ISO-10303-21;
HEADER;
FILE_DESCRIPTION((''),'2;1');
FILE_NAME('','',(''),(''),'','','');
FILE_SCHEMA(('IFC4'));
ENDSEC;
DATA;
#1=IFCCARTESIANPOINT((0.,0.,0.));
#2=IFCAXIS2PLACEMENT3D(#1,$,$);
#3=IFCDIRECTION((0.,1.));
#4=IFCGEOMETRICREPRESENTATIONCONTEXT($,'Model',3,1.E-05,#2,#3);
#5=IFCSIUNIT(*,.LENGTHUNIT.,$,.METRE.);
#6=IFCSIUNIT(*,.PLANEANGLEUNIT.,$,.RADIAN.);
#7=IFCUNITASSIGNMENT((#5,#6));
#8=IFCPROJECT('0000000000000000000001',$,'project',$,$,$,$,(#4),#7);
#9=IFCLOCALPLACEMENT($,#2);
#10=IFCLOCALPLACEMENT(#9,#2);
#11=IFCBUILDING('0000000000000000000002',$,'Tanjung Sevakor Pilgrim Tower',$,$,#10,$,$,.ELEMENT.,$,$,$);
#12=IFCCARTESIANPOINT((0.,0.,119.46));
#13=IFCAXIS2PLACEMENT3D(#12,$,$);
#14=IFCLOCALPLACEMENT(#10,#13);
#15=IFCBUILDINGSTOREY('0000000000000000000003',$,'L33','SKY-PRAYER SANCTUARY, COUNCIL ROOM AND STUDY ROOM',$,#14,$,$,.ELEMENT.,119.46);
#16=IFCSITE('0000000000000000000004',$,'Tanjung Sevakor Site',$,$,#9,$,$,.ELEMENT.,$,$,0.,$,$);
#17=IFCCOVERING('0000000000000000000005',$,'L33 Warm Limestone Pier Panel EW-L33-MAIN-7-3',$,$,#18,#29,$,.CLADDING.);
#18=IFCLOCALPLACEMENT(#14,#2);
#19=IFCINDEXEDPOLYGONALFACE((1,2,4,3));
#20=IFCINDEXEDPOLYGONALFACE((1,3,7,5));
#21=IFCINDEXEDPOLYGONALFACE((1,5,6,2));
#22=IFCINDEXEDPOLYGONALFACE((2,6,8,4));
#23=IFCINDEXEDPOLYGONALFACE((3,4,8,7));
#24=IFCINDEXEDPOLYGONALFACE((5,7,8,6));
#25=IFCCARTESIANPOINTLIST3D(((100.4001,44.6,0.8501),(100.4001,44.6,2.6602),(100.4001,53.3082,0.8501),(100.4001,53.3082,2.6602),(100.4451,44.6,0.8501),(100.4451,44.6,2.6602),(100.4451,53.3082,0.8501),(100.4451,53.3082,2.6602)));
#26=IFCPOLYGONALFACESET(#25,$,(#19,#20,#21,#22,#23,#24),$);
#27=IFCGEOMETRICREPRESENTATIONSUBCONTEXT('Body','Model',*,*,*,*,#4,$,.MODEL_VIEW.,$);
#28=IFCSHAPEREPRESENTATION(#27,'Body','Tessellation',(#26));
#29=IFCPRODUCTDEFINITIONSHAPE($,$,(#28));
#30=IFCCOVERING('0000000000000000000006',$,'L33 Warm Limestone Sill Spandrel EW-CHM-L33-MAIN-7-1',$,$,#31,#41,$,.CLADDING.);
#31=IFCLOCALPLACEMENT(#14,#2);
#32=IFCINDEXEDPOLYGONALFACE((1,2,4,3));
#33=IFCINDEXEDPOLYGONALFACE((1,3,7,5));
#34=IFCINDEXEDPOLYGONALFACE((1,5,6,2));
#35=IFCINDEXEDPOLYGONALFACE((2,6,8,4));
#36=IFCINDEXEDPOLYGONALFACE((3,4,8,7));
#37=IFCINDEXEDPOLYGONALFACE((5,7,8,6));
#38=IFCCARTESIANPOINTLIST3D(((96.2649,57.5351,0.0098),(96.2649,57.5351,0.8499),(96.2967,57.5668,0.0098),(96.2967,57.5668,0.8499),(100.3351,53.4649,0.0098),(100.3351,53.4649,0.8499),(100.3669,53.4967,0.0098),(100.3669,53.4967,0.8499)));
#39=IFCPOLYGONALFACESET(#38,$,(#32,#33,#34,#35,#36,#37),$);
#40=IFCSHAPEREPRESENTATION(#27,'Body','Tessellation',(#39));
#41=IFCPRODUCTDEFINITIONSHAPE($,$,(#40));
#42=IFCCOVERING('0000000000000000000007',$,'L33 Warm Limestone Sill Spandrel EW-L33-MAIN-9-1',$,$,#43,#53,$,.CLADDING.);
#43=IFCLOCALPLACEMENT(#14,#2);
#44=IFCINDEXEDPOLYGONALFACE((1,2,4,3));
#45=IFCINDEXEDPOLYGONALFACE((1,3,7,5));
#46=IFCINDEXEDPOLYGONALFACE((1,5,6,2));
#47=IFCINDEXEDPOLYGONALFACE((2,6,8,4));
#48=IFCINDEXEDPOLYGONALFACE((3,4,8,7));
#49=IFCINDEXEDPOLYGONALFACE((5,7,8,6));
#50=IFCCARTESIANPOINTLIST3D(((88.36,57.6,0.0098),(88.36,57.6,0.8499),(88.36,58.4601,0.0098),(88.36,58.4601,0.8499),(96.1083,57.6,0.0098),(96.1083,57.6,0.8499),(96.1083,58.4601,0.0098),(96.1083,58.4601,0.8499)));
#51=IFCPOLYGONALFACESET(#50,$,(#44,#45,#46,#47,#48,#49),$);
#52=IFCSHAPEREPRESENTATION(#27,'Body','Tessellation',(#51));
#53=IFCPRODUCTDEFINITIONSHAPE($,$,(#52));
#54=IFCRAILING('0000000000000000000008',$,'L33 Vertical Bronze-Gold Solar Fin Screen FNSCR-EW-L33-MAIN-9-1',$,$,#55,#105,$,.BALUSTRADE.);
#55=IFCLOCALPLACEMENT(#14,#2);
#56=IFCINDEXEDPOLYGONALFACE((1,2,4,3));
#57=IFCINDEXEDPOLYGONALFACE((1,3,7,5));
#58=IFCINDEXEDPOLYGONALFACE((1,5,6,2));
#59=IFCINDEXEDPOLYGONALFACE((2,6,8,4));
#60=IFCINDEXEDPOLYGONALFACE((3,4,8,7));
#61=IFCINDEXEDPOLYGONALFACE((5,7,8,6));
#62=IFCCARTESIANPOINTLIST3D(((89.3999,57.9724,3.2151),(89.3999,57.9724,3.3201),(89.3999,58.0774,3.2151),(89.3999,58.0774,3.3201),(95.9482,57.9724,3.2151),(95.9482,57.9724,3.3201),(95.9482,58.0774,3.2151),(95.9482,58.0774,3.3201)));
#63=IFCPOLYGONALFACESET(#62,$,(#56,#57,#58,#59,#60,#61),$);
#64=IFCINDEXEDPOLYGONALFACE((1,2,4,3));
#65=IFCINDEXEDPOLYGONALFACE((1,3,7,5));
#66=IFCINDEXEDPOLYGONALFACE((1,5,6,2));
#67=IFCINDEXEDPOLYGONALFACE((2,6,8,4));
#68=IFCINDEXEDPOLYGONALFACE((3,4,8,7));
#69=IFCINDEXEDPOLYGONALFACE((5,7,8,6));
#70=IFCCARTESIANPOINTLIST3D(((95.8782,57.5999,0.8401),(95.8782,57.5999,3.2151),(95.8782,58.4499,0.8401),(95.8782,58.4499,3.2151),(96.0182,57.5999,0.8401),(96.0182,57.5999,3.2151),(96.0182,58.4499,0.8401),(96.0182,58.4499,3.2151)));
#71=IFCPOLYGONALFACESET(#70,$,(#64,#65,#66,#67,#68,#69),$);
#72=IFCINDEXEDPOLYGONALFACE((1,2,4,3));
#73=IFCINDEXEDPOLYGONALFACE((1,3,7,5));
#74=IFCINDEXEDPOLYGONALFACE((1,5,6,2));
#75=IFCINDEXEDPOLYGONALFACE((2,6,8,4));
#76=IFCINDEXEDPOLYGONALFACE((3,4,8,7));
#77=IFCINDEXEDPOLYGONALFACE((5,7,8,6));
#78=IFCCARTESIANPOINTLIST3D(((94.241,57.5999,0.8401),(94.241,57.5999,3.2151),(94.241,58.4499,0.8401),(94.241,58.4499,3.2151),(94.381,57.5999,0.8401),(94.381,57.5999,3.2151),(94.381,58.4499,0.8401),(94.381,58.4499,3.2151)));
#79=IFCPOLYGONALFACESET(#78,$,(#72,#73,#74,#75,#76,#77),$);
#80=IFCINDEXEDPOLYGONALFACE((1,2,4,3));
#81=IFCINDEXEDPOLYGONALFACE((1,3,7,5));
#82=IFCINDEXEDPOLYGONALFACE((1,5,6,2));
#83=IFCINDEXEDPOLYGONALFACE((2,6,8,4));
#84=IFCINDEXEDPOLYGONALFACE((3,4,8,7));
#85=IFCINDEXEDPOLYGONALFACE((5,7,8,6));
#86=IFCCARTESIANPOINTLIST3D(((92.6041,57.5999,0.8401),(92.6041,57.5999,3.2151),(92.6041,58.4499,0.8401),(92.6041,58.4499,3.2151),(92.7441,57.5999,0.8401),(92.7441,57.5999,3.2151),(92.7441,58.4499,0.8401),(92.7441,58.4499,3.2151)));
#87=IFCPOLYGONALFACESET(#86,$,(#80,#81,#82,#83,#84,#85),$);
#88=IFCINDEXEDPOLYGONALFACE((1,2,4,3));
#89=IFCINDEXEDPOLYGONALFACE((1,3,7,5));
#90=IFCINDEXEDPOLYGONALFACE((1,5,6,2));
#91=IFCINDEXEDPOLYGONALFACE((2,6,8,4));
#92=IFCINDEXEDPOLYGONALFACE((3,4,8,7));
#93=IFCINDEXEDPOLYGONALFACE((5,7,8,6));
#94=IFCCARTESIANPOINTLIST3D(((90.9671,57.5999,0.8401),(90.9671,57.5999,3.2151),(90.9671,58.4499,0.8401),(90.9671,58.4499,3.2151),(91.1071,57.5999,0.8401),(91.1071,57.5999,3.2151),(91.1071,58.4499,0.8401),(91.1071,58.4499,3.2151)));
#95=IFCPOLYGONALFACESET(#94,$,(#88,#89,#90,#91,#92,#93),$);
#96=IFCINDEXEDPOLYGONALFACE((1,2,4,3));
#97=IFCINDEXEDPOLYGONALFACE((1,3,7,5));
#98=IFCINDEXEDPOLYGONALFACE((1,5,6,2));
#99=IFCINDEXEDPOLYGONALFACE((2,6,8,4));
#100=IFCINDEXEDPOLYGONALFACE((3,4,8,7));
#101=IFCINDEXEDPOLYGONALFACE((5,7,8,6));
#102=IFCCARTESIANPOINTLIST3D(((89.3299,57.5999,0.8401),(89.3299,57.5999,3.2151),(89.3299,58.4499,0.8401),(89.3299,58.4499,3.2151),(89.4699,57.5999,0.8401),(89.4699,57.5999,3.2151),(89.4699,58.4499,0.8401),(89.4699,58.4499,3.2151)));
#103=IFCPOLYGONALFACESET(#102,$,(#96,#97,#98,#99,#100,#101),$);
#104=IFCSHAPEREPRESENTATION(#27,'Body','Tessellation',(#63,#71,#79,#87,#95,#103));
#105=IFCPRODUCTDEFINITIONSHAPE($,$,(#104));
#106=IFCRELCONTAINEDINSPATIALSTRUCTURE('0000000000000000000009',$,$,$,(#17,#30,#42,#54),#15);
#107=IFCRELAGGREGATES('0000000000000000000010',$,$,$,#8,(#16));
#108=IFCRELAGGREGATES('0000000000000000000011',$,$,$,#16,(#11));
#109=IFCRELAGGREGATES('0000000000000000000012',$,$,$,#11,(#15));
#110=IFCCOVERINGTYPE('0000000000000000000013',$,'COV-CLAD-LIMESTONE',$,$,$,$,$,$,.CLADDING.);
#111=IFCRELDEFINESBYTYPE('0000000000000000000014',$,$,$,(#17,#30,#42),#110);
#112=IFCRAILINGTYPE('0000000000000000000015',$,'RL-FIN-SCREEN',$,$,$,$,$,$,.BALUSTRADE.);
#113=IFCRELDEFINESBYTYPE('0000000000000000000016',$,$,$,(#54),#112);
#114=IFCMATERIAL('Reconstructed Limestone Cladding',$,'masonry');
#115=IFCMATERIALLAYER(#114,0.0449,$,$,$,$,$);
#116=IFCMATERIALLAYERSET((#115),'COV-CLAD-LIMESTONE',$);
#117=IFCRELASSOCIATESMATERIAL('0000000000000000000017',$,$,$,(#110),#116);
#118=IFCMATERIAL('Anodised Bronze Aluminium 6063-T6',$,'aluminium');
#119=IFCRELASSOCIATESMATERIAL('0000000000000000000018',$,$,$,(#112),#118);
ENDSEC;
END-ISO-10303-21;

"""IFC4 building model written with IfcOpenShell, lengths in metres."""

from ifc_helpers import new_model, si_unit, direction, frame, origin, origin_2d, place, context, subcontext, project, spatial, rectangle, extrude, material, layer, layer_set, type_object, element, save


model = new_model("IFC4")

# Units and contexts
model_context = context("Model", 3, precision=1e-05, world=origin(), true_north=direction((0.0, 1.0)))
body_context = subcontext(model_context, "Body", "Model", "MODEL_VIEW")
ifc_project = project(units=[si_unit("LENGTHUNIT", "METRE"), si_unit("PLANEANGLEUNIT", "RADIAN")], contexts=[model_context])

# Site, building, storey
site_placement = place(None, origin())
site = spatial("IfcSite", under=ifc_project, at=site_placement, Name="Tanjung Sevakor Site", CompositionType="ELEMENT", RefElevation=0.0)
building_placement = place(site_placement, origin())
building = spatial("IfcBuilding", under=site, at=building_placement, Name="Tanjung Sevakor Pilgrim Tower", CompositionType="ELEMENT")
storey_placement = place(building_placement, frame((0.0, 0.0, 119.46)))
storey = spatial("IfcBuildingStorey", under=building, at=storey_placement, Name="L33", Description="SKY-PRAYER SANCTUARY, COUNCIL ROOM AND STUDY ROOM", CompositionType="ELEMENT", Elevation=119.46)

# Coverings
ifc_material_1 = material(Name="Reconstructed Limestone Cladding", Category="masonry")
ifc_layer_1 = layer(ifc_material_1, 0.0449)
ifc_layer_set_1 = layer_set([ifc_layer_1], Name="COV-CLAD-LIMESTONE")
covering_type = type_object("IfcCoveringType", Name="COV-CLAD-LIMESTONE", PredefinedType="CLADDING", material=ifc_layer_set_1)
covering_1_placement = place(storey_placement, frame((100.4226, 48.9541, 0.8501), z_axis=(0.0, 0.0, 1.0), x_axis=(0.0, 1.0, 0.0)))
element("IfcCovering", 1, at=covering_1_placement, inside=storey, type_object=covering_type, Name="L33 Warm Limestone Pier Panel EW-L33-MAIN-7-3", PredefinedType="CLADDING", context=body_context, shape_type="SweptSolid", body=[
    extrude(rectangle(XDim=8.7083, YDim=0.0449, at=origin_2d()), origin(), (0.0, 0.0, 1.0), 1.8101),
])
covering_2_placement = place(storey_placement, frame((98.3159, 55.5159, 0.0098), z_axis=(0.0, 0.0, 1.0), x_axis=(-0.707107, 0.707107, 0.0)))
element("IfcCovering", 2, at=covering_2_placement, inside=storey, type_object=covering_type, Name="L33 Warm Limestone Sill Spandrel EW-CHM-L33-MAIN-7-1", PredefinedType="CLADDING", context=body_context, shape_type="SweptSolid", body=[
    extrude(rectangle(XDim=5.7561, YDim=0.0449, at=origin_2d()), origin(), (0.0, 0.0, 1.0), 0.8401),
])
covering_3_placement = place(storey_placement, frame((92.2341, 58.03, 0.0098), z_axis=(0.0, 0.0, 1.0), x_axis=(-1.0, 0.0, 0.0)))
element("IfcCovering", 3, at=covering_3_placement, inside=storey, type_object=covering_type, Name="L33 Warm Limestone Sill Spandrel EW-L33-MAIN-9-1", PredefinedType="CLADDING", context=body_context, shape_type="SweptSolid", body=[
    extrude(rectangle(XDim=7.7483, YDim=0.8601, at=origin_2d()), origin(), (0.0, 0.0, 1.0), 0.8401),
])

# Railing
ifc_material_2 = material(Name="Anodised Bronze Aluminium 6063-T6", Category="aluminium")
railing_type = type_object("IfcRailingType", Name="RL-FIN-SCREEN", PredefinedType="BALUSTRADE", material=ifc_material_2)
railing_placement = place(storey_placement, frame((95.9482, 58.0249, 0.8401)))
element("IfcRailing", 4, at=railing_placement, inside=storey, type_object=railing_type, Name="L33 Vertical Bronze-Gold Solar Fin Screen FNSCR-EW-L33-MAIN-9-1", PredefinedType="BALUSTRADE", context=body_context, shape_type="SweptSolid", body=[
    extrude(rectangle(XDim=0.105, YDim=0.105), frame((0.0, 0.0, 2.4275), z_axis=(-1.0, 0.0, 0.0), x_axis=(0.0, -1.0, 0.0)), (0.0, 0.0, 1.0), 6.5483),
    extrude(rectangle(XDim=0.14, YDim=0.85), origin(), (0.0, 0.0, 1.0), 2.375),
    extrude(rectangle(XDim=0.14, YDim=0.85), frame((-1.6372, 0.0, 0.0)), (0.0, 0.0, 1.0), 2.375),
    extrude(rectangle(XDim=0.14, YDim=0.85), frame((-3.2742, 0.0, 0.0)), (0.0, 0.0, 1.0), 2.375),
    extrude(rectangle(XDim=0.14, YDim=0.85), frame((-4.9111, 0.0, 0.0)), (0.0, 0.0, 1.0), 2.375),
    extrude(rectangle(XDim=0.14, YDim=0.85), frame((-6.5483, 0.0, 0.0)), (0.0, 0.0, 1.0), 2.375),
])

save(model, "model.ifc")
